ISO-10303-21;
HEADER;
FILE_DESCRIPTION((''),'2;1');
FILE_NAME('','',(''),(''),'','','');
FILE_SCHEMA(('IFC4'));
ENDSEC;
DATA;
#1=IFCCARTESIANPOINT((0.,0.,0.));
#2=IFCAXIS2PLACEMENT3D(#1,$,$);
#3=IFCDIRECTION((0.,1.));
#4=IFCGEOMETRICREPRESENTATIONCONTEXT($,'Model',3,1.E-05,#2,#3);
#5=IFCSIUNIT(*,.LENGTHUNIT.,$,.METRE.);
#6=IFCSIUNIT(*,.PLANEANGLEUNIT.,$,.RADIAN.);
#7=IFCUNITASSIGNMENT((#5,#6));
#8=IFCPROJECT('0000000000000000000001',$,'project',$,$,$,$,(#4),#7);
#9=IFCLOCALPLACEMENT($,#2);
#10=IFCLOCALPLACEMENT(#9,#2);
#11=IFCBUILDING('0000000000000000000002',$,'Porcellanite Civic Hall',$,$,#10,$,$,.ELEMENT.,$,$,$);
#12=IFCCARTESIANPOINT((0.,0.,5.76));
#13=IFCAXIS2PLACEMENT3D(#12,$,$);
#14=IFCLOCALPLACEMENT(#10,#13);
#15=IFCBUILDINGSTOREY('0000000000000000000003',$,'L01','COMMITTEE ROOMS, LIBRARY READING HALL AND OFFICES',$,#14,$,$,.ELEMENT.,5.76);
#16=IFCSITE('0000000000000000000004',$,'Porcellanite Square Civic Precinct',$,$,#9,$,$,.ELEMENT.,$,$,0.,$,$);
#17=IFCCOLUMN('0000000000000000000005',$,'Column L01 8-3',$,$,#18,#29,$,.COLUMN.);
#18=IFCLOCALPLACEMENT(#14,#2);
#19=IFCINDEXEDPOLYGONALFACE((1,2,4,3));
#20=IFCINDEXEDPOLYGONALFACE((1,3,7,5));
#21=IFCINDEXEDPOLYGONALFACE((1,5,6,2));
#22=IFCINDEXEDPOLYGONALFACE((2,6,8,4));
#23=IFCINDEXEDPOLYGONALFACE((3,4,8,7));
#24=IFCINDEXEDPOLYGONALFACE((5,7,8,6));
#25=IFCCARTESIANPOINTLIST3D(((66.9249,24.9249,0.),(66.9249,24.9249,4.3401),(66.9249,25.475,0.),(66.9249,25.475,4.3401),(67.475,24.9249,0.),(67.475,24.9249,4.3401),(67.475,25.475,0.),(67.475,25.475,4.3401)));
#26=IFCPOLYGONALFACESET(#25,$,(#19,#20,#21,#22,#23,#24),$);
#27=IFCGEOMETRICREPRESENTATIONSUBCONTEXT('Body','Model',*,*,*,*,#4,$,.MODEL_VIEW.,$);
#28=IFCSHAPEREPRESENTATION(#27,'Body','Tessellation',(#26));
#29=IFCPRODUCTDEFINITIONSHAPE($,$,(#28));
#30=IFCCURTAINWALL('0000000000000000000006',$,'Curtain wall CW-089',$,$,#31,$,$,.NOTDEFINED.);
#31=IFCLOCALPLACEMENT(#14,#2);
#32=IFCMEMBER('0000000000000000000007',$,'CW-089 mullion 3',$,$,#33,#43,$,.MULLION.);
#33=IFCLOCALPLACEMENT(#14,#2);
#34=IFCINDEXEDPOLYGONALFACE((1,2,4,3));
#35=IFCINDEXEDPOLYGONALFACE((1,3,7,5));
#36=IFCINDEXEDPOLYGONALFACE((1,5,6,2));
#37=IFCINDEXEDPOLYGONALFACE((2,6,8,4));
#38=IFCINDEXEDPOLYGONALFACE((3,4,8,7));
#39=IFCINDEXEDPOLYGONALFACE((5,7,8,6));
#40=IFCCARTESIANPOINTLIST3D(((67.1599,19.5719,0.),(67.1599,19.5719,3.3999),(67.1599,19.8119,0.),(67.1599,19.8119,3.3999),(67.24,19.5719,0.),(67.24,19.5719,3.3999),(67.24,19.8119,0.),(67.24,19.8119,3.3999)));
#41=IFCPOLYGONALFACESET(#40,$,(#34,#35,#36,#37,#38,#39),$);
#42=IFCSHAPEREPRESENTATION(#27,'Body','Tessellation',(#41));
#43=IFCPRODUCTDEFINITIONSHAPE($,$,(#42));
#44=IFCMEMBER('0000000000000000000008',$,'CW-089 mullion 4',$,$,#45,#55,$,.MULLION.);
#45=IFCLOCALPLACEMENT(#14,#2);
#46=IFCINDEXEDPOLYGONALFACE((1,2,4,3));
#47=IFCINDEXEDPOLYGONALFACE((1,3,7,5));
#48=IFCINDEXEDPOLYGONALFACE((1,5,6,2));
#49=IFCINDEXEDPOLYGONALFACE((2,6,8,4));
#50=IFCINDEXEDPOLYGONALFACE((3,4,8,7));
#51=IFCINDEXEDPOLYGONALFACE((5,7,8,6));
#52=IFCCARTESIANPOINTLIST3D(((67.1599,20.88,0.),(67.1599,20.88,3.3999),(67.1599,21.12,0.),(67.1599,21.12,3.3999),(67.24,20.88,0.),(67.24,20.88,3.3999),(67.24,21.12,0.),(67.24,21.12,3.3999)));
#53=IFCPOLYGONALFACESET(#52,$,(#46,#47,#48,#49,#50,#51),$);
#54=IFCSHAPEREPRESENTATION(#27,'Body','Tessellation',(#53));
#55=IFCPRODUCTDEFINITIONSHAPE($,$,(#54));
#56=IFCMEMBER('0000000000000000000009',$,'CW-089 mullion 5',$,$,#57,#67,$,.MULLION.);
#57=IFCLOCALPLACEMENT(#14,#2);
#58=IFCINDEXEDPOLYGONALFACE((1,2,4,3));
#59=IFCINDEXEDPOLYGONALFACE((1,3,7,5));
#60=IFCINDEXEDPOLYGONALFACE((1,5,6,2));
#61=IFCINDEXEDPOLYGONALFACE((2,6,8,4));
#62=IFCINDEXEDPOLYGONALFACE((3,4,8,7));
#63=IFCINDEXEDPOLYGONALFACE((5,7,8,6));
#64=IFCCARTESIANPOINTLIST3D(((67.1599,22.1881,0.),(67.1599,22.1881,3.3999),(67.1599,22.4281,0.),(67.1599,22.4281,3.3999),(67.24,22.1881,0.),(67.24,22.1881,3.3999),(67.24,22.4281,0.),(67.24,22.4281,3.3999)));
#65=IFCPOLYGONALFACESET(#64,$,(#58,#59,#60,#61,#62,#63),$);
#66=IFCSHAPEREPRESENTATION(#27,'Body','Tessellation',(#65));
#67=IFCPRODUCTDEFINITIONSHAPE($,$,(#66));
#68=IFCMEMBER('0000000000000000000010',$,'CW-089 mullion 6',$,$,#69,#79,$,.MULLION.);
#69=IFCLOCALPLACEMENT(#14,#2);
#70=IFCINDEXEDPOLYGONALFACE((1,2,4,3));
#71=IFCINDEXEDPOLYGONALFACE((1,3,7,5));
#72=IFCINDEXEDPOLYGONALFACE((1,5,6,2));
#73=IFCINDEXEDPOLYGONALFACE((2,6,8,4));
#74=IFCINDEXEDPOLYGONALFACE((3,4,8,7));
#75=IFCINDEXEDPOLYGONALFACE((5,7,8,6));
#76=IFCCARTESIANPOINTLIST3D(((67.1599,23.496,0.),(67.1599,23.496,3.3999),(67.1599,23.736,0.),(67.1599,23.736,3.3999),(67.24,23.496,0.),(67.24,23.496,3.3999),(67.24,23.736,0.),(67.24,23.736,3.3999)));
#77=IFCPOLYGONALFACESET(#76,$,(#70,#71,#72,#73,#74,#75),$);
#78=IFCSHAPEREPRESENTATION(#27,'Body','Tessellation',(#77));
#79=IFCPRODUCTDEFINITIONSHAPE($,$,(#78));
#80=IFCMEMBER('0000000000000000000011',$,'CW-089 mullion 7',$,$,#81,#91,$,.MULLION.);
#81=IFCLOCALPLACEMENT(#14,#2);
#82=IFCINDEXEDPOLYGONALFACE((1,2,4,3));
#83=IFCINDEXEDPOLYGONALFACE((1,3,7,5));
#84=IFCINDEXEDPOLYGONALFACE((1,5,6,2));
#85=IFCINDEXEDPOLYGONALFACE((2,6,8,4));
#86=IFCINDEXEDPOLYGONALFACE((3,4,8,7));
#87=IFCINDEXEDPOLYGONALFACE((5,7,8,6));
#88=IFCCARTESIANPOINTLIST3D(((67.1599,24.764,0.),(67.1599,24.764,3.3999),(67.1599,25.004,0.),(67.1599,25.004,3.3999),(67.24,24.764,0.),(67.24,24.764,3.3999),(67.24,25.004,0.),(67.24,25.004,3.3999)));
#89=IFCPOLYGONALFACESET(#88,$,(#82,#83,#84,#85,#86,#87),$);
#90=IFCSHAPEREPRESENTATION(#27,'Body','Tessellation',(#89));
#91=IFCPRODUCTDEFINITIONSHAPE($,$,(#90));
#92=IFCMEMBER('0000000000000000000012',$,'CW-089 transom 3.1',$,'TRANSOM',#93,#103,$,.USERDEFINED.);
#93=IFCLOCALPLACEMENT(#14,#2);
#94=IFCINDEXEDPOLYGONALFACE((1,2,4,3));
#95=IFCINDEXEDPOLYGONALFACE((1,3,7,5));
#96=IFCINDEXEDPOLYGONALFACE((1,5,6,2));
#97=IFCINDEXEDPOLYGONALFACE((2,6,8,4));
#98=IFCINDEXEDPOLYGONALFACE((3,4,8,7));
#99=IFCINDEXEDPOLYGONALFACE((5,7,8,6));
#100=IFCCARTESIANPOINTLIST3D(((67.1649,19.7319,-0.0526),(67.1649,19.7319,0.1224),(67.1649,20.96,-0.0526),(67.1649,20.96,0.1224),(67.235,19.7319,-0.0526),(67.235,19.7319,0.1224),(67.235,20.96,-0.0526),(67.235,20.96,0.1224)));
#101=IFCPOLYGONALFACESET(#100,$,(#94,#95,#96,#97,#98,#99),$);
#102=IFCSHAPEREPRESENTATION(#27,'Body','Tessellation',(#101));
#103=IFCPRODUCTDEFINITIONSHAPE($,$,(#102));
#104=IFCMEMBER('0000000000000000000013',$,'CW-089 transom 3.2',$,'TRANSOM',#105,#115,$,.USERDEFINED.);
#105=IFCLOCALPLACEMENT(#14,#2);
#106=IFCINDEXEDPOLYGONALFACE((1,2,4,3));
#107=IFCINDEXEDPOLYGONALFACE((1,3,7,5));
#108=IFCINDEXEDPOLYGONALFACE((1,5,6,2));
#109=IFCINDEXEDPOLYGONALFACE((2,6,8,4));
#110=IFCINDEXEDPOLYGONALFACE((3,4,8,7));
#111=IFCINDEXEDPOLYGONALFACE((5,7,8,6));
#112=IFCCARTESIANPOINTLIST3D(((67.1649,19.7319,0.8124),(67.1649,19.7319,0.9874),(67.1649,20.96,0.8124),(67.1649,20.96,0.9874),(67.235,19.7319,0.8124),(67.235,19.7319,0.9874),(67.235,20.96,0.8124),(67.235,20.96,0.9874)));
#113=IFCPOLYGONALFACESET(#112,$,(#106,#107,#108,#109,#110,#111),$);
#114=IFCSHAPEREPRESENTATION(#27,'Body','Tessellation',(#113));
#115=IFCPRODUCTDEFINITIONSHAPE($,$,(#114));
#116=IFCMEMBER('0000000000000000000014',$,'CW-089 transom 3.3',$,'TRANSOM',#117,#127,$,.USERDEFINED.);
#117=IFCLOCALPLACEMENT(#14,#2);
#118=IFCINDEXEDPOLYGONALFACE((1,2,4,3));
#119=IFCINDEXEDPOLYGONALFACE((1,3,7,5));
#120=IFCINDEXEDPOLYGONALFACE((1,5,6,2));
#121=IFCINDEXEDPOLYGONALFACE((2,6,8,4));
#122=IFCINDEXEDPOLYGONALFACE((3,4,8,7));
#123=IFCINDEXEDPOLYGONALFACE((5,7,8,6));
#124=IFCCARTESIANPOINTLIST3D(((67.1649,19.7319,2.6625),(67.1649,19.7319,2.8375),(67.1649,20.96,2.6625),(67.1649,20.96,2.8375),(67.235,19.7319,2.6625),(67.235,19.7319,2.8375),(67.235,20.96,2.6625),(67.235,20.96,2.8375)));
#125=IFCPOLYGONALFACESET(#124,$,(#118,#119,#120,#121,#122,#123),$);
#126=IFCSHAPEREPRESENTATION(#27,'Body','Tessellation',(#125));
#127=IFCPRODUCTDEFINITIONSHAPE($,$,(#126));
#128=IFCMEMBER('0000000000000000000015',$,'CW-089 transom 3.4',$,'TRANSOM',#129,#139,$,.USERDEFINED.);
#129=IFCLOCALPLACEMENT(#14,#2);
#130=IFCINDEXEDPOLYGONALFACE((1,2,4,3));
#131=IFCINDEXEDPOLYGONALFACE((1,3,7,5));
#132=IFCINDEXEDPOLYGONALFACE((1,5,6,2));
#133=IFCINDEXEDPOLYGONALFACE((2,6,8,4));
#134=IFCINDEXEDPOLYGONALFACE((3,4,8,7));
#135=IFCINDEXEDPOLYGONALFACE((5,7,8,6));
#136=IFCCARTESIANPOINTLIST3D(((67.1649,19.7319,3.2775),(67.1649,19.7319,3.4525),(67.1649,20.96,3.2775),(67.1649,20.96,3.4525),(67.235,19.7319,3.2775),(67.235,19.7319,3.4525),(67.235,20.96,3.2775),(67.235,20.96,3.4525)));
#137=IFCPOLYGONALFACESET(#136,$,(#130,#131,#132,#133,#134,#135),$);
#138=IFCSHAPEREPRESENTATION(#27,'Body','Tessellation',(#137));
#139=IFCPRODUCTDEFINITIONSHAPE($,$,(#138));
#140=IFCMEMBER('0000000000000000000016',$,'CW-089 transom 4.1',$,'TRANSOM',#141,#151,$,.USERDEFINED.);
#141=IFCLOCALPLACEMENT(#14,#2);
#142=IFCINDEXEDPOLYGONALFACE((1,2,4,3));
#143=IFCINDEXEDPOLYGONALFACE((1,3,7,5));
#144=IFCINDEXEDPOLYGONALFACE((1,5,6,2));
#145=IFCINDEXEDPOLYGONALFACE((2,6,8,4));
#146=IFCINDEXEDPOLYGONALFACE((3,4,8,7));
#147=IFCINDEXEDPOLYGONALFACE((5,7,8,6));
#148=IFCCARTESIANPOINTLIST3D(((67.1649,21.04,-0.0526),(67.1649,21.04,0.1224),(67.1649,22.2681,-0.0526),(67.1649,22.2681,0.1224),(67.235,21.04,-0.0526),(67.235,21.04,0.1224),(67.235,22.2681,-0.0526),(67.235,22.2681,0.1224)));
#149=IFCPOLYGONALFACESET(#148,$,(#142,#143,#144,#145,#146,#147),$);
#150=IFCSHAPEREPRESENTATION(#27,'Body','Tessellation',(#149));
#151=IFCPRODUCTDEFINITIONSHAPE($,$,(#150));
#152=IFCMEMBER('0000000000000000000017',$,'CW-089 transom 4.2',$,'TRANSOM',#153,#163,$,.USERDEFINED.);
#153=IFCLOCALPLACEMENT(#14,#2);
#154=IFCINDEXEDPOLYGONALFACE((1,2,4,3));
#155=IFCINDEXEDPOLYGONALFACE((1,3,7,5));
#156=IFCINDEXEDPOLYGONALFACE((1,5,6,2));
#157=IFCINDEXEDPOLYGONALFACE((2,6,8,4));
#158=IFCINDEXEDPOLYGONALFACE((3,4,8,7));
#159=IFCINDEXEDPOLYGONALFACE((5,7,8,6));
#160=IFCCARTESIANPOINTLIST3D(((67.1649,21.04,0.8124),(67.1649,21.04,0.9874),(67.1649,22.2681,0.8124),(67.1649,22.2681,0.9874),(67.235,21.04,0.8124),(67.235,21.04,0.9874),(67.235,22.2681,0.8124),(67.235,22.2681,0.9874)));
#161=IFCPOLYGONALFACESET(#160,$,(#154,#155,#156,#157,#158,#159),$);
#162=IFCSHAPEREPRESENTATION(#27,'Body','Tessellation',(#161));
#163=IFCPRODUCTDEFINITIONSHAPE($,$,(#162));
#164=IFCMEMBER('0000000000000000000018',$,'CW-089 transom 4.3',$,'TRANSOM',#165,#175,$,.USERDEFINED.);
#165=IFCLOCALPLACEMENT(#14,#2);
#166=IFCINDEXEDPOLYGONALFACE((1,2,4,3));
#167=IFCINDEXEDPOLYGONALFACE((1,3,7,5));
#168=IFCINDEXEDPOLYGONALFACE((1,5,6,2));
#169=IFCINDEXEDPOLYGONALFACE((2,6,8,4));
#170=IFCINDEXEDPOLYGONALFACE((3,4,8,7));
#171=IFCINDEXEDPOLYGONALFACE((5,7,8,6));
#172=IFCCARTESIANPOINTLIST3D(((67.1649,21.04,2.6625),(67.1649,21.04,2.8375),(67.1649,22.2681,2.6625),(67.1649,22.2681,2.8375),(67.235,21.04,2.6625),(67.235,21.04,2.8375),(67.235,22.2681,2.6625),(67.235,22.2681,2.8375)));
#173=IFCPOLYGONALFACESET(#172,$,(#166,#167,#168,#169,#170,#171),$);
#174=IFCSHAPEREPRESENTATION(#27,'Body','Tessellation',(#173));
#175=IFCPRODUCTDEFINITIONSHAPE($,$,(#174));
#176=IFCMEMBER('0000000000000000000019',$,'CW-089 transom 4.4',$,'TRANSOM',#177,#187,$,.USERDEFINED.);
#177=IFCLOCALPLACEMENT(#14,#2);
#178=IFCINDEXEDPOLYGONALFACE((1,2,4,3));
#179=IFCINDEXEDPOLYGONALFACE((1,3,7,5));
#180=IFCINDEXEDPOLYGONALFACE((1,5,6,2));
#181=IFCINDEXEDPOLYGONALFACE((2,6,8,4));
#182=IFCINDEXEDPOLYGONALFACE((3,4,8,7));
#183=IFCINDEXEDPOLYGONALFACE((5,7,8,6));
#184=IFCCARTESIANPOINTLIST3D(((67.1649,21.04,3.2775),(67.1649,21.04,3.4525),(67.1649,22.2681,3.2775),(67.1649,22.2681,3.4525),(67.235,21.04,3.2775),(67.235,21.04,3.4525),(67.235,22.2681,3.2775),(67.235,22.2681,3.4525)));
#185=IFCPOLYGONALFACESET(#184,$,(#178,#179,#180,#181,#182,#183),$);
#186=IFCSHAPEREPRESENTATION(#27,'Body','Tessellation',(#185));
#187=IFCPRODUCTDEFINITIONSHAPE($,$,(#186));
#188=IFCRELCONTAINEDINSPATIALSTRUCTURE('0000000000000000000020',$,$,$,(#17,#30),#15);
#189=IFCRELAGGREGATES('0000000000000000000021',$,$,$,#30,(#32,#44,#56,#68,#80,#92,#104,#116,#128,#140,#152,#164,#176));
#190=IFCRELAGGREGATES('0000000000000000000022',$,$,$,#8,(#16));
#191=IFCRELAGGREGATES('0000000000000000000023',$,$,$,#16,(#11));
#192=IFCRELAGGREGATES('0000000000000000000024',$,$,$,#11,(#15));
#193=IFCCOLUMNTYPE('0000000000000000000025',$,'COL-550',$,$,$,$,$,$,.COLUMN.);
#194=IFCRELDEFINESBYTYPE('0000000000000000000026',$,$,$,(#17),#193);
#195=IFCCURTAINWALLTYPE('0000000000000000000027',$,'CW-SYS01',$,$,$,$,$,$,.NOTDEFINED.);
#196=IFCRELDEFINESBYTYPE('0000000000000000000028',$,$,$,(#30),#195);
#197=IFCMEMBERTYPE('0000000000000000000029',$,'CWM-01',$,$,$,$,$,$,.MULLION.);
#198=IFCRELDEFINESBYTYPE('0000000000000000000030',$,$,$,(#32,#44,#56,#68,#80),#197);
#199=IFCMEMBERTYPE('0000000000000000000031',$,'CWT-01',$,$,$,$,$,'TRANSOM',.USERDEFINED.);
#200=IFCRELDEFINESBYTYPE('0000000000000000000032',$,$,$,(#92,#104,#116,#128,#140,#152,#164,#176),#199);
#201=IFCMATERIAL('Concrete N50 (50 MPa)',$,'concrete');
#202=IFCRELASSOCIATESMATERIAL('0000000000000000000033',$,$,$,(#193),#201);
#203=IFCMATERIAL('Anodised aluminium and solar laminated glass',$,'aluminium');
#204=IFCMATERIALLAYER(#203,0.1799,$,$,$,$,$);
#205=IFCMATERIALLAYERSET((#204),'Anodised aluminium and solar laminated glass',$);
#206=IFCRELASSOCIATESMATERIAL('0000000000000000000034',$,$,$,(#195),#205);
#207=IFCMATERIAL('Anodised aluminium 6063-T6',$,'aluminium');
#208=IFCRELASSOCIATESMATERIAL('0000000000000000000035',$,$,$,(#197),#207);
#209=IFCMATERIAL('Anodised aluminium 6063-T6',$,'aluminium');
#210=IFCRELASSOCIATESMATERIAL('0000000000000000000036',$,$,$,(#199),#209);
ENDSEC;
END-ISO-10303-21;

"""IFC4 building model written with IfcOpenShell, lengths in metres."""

from ifc_helpers import new_model, si_unit, direction, frame, origin, origin_2d, place, context, subcontext, project, spatial, rectangle, extrude, material, layer, layer_set, material_profile, profile_set, type_object, element, aggregate, save


model = new_model("IFC4")

# Units and contexts
model_context = context("Model", 3, precision=1e-05, world=origin(), true_north=direction((0.0, 1.0)))
body_context = subcontext(model_context, "Body", "Model", "MODEL_VIEW")
ifc_project = project(units=[si_unit("LENGTHUNIT", "METRE"), si_unit("PLANEANGLEUNIT", "RADIAN")], contexts=[model_context])

# Site, building, storey
site_placement = place(None, origin())
site = spatial("IfcSite", under=ifc_project, at=site_placement, Name="Porcellanite Square Civic Precinct", CompositionType="ELEMENT", RefElevation=0.0)
building_placement = place(site_placement, origin())
building = spatial("IfcBuilding", under=site, at=building_placement, Name="Porcellanite Civic Hall", CompositionType="ELEMENT")
storey_placement = place(building_placement, frame((0.0, 0.0, 5.76)))
storey = spatial("IfcBuildingStorey", under=building, at=storey_placement, Name="L01", Description="COMMITTEE ROOMS, LIBRARY READING HALL AND OFFICES", CompositionType="ELEMENT", Elevation=5.76)

# Column
ifc_material_1 = material(Name="Concrete N50 (50 MPa)", Category="concrete")
ifc_material_profile_1 = material_profile(ifc_material_1, rectangle(XDim=0.55, YDim=0.55, at=origin_2d()), Name="RC-550x550")
ifc_profile_set_1 = profile_set([ifc_material_profile_1], Name="Concrete N50 (50 MPa)")
column_type = type_object("IfcColumnType", Name="COL-550", PredefinedType="COLUMN", material=ifc_profile_set_1)
column_placement = place(storey_placement, frame((67.2, 25.2, 0.0), z_axis=(0.0, 0.0, 1.0), x_axis=(1.0, 0.0, 0.0)))
element("IfcColumn", 1, at=column_placement, inside=storey, type_object=column_type, Name="Column L01 8-3", PredefinedType="COLUMN", context=body_context, shape_type="SweptSolid", body=[
    extrude(rectangle(XDim=0.55, YDim=0.55, at=origin_2d()), origin(), (0.0, 0.0, 1.0), 4.3401),
])

# Curtain wall, members
ifc_material_2 = material(Name="Anodised aluminium and solar laminated glass", Category="aluminium")
ifc_layer_1 = layer(ifc_material_2, 0.1799)
ifc_layer_set_1 = layer_set([ifc_layer_1], Name="Anodised aluminium and solar laminated glass")
curtain_wall_type = type_object("IfcCurtainWallType", Name="CW-SYS01", PredefinedType="NOTDEFINED", material=ifc_layer_set_1)
curtain_wall_placement = place(storey_placement, origin())
curtain_wall = element("IfcCurtainWall", 2, at=curtain_wall_placement, inside=storey, type_object=curtain_wall_type, Name="Curtain wall CW-089", PredefinedType="NOTDEFINED")
ifc_material_3 = material(Name="Anodised aluminium 6063-T6", Category="aluminium")
ifc_material_profile_2 = material_profile(ifc_material_3, rectangle(XDim=0.0801, YDim=0.24, at=origin_2d()), Name="AL-80x240")
ifc_profile_set_2 = profile_set([ifc_material_profile_2], Name="Anodised aluminium 6063-T6")
member_type_1 = type_object("IfcMemberType", Name="CWM-01", PredefinedType="MULLION", material=ifc_profile_set_2)
member_1_placement = place(storey_placement, frame((67.2, 19.6919, 0.0), z_axis=(0.0, 0.0, 1.0), x_axis=(-1.0, 0.0, 0.0)))
member_1 = element("IfcMember", 3, at=member_1_placement, type_object=member_type_1, Name="CW-089 mullion 3", PredefinedType="MULLION", context=body_context, shape_type="SweptSolid", body=[
    extrude(rectangle(XDim=0.0801, YDim=0.24, at=origin_2d()), origin(), (0.0, 0.0, 1.0), 3.3999),
])
member_2_placement = place(storey_placement, frame((67.2, 21.0, 0.0), z_axis=(0.0, 0.0, 1.0), x_axis=(-1.0, 0.0, 0.0)))
member_2 = element("IfcMember", 4, at=member_2_placement, type_object=member_type_1, Name="CW-089 mullion 4", PredefinedType="MULLION", context=body_context, shape_type="SweptSolid", body=[
    extrude(rectangle(XDim=0.0801, YDim=0.24, at=origin_2d()), origin(), (0.0, 0.0, 1.0), 3.3999),
])
member_3_placement = place(storey_placement, frame((67.2, 22.3081, 0.0), z_axis=(0.0, 0.0, 1.0), x_axis=(-1.0, 0.0, 0.0)))
member_3 = element("IfcMember", 5, at=member_3_placement, type_object=member_type_1, Name="CW-089 mullion 5", PredefinedType="MULLION", context=body_context, shape_type="SweptSolid", body=[
    extrude(rectangle(XDim=0.0801, YDim=0.24, at=origin_2d()), origin(), (0.0, 0.0, 1.0), 3.3999),
])
member_4_placement = place(storey_placement, frame((67.2, 23.616, 0.0), z_axis=(0.0, 0.0, 1.0), x_axis=(-1.0, 0.0, 0.0)))
member_4 = element("IfcMember", 6, at=member_4_placement, type_object=member_type_1, Name="CW-089 mullion 6", PredefinedType="MULLION", context=body_context, shape_type="SweptSolid", body=[
    extrude(rectangle(XDim=0.0801, YDim=0.24, at=origin_2d()), origin(), (0.0, 0.0, 1.0), 3.3999),
])
member_5_placement = place(storey_placement, frame((67.2, 24.884, 0.0), z_axis=(0.0, 0.0, 1.0), x_axis=(-1.0, 0.0, 0.0)))
member_5 = element("IfcMember", 7, at=member_5_placement, type_object=member_type_1, Name="CW-089 mullion 7", PredefinedType="MULLION", context=body_context, shape_type="SweptSolid", body=[
    extrude(rectangle(XDim=0.0801, YDim=0.24, at=origin_2d()), origin(), (0.0, 0.0, 1.0), 3.3999),
])
ifc_material_4 = material(Name="Anodised aluminium 6063-T6", Category="aluminium")
ifc_material_profile_3 = material_profile(ifc_material_4, rectangle(XDim=0.0701, YDim=0.175, at=origin_2d()), Name="AL-70x175")
ifc_profile_set_3 = profile_set([ifc_material_profile_3], Name="Anodised aluminium 6063-T6")
member_type_2 = type_object("IfcMemberType", Name="CWT-01", ElementType="TRANSOM", PredefinedType="USERDEFINED", material=ifc_profile_set_3)
member_6_placement = place(storey_placement, frame((67.2, 19.7319, 0.0349), z_axis=(0.0, 1.0, 0.0), x_axis=(-1.0, 0.0, 0.0)))
member_6 = element("IfcMember", 8, at=member_6_placement, type_object=member_type_2, Name="CW-089 transom 3.1", ObjectType="TRANSOM", PredefinedType="USERDEFINED", context=body_context, shape_type="SweptSolid", body=[
    extrude(rectangle(XDim=0.0701, YDim=0.175, at=origin_2d()), origin(), (0.0, 0.0, 1.0), 1.228),
])
member_7_placement = place(storey_placement, frame((67.2, 19.7319, 0.8999), z_axis=(0.0, 1.0, 0.0), x_axis=(-1.0, 0.0, 0.0)))
member_7 = element("IfcMember", 9, at=member_7_placement, type_object=member_type_2, Name="CW-089 transom 3.2", ObjectType="TRANSOM", PredefinedType="USERDEFINED", context=body_context, shape_type="SweptSolid", body=[
    extrude(rectangle(XDim=0.0701, YDim=0.175, at=origin_2d()), origin(), (0.0, 0.0, 1.0), 1.228),
])
member_8_placement = place(storey_placement, frame((67.2, 19.7319, 2.75), z_axis=(0.0, 1.0, 0.0), x_axis=(-1.0, 0.0, 0.0)))
member_8 = element("IfcMember", 10, at=member_8_placement, type_object=member_type_2, Name="CW-089 transom 3.3", ObjectType="TRANSOM", PredefinedType="USERDEFINED", context=body_context, shape_type="SweptSolid", body=[
    extrude(rectangle(XDim=0.0701, YDim=0.175, at=origin_2d()), origin(), (0.0, 0.0, 1.0), 1.228),
])
member_9_placement = place(storey_placement, frame((67.2, 19.7319, 3.365), z_axis=(0.0, 1.0, 0.0), x_axis=(-1.0, 0.0, 0.0)))
member_9 = element("IfcMember", 11, at=member_9_placement, type_object=member_type_2, Name="CW-089 transom 3.4", ObjectType="TRANSOM", PredefinedType="USERDEFINED", context=body_context, shape_type="SweptSolid", body=[
    extrude(rectangle(XDim=0.0701, YDim=0.175, at=origin_2d()), origin(), (0.0, 0.0, 1.0), 1.228),
])
member_10_placement = place(storey_placement, frame((67.2, 21.04, 0.0349), z_axis=(0.0, 1.0, 0.0), x_axis=(-1.0, 0.0, 0.0)))
member_10 = element("IfcMember", 12, at=member_10_placement, type_object=member_type_2, Name="CW-089 transom 4.1", ObjectType="TRANSOM", PredefinedType="USERDEFINED", context=body_context, shape_type="SweptSolid", body=[
    extrude(rectangle(XDim=0.0701, YDim=0.175, at=origin_2d()), origin(), (0.0, 0.0, 1.0), 1.228),
])
member_11_placement = place(storey_placement, frame((67.2, 21.04, 0.8999), z_axis=(0.0, 1.0, 0.0), x_axis=(-1.0, 0.0, 0.0)))
member_11 = element("IfcMember", 13, at=member_11_placement, type_object=member_type_2, Name="CW-089 transom 4.2", ObjectType="TRANSOM", PredefinedType="USERDEFINED", context=body_context, shape_type="SweptSolid", body=[
    extrude(rectangle(XDim=0.0701, YDim=0.175, at=origin_2d()), origin(), (0.0, 0.0, 1.0), 1.228),
])
member_12_placement = place(storey_placement, frame((67.2, 21.04, 2.75), z_axis=(0.0, 1.0, 0.0), x_axis=(-1.0, 0.0, 0.0)))
member_12 = element("IfcMember", 14, at=member_12_placement, type_object=member_type_2, Name="CW-089 transom 4.3", ObjectType="TRANSOM", PredefinedType="USERDEFINED", context=body_context, shape_type="SweptSolid", body=[
    extrude(rectangle(XDim=0.0701, YDim=0.175, at=origin_2d()), origin(), (0.0, 0.0, 1.0), 1.228),
])
member_13_placement = place(storey_placement, frame((67.2, 21.04, 3.365), z_axis=(0.0, 1.0, 0.0), x_axis=(-1.0, 0.0, 0.0)))
member_13 = element("IfcMember", 15, at=member_13_placement, type_object=member_type_2, Name="CW-089 transom 4.4", ObjectType="TRANSOM", PredefinedType="USERDEFINED", context=body_context, shape_type="SweptSolid", body=[
    extrude(rectangle(XDim=0.0701, YDim=0.175, at=origin_2d()), origin(), (0.0, 0.0, 1.0), 1.228),
])
aggregate(curtain_wall, [member_1, member_2, member_3, member_4, member_5, member_6, member_7, member_8, member_9, member_10, member_11, member_12, member_13])

save(model, "model.ifc")
